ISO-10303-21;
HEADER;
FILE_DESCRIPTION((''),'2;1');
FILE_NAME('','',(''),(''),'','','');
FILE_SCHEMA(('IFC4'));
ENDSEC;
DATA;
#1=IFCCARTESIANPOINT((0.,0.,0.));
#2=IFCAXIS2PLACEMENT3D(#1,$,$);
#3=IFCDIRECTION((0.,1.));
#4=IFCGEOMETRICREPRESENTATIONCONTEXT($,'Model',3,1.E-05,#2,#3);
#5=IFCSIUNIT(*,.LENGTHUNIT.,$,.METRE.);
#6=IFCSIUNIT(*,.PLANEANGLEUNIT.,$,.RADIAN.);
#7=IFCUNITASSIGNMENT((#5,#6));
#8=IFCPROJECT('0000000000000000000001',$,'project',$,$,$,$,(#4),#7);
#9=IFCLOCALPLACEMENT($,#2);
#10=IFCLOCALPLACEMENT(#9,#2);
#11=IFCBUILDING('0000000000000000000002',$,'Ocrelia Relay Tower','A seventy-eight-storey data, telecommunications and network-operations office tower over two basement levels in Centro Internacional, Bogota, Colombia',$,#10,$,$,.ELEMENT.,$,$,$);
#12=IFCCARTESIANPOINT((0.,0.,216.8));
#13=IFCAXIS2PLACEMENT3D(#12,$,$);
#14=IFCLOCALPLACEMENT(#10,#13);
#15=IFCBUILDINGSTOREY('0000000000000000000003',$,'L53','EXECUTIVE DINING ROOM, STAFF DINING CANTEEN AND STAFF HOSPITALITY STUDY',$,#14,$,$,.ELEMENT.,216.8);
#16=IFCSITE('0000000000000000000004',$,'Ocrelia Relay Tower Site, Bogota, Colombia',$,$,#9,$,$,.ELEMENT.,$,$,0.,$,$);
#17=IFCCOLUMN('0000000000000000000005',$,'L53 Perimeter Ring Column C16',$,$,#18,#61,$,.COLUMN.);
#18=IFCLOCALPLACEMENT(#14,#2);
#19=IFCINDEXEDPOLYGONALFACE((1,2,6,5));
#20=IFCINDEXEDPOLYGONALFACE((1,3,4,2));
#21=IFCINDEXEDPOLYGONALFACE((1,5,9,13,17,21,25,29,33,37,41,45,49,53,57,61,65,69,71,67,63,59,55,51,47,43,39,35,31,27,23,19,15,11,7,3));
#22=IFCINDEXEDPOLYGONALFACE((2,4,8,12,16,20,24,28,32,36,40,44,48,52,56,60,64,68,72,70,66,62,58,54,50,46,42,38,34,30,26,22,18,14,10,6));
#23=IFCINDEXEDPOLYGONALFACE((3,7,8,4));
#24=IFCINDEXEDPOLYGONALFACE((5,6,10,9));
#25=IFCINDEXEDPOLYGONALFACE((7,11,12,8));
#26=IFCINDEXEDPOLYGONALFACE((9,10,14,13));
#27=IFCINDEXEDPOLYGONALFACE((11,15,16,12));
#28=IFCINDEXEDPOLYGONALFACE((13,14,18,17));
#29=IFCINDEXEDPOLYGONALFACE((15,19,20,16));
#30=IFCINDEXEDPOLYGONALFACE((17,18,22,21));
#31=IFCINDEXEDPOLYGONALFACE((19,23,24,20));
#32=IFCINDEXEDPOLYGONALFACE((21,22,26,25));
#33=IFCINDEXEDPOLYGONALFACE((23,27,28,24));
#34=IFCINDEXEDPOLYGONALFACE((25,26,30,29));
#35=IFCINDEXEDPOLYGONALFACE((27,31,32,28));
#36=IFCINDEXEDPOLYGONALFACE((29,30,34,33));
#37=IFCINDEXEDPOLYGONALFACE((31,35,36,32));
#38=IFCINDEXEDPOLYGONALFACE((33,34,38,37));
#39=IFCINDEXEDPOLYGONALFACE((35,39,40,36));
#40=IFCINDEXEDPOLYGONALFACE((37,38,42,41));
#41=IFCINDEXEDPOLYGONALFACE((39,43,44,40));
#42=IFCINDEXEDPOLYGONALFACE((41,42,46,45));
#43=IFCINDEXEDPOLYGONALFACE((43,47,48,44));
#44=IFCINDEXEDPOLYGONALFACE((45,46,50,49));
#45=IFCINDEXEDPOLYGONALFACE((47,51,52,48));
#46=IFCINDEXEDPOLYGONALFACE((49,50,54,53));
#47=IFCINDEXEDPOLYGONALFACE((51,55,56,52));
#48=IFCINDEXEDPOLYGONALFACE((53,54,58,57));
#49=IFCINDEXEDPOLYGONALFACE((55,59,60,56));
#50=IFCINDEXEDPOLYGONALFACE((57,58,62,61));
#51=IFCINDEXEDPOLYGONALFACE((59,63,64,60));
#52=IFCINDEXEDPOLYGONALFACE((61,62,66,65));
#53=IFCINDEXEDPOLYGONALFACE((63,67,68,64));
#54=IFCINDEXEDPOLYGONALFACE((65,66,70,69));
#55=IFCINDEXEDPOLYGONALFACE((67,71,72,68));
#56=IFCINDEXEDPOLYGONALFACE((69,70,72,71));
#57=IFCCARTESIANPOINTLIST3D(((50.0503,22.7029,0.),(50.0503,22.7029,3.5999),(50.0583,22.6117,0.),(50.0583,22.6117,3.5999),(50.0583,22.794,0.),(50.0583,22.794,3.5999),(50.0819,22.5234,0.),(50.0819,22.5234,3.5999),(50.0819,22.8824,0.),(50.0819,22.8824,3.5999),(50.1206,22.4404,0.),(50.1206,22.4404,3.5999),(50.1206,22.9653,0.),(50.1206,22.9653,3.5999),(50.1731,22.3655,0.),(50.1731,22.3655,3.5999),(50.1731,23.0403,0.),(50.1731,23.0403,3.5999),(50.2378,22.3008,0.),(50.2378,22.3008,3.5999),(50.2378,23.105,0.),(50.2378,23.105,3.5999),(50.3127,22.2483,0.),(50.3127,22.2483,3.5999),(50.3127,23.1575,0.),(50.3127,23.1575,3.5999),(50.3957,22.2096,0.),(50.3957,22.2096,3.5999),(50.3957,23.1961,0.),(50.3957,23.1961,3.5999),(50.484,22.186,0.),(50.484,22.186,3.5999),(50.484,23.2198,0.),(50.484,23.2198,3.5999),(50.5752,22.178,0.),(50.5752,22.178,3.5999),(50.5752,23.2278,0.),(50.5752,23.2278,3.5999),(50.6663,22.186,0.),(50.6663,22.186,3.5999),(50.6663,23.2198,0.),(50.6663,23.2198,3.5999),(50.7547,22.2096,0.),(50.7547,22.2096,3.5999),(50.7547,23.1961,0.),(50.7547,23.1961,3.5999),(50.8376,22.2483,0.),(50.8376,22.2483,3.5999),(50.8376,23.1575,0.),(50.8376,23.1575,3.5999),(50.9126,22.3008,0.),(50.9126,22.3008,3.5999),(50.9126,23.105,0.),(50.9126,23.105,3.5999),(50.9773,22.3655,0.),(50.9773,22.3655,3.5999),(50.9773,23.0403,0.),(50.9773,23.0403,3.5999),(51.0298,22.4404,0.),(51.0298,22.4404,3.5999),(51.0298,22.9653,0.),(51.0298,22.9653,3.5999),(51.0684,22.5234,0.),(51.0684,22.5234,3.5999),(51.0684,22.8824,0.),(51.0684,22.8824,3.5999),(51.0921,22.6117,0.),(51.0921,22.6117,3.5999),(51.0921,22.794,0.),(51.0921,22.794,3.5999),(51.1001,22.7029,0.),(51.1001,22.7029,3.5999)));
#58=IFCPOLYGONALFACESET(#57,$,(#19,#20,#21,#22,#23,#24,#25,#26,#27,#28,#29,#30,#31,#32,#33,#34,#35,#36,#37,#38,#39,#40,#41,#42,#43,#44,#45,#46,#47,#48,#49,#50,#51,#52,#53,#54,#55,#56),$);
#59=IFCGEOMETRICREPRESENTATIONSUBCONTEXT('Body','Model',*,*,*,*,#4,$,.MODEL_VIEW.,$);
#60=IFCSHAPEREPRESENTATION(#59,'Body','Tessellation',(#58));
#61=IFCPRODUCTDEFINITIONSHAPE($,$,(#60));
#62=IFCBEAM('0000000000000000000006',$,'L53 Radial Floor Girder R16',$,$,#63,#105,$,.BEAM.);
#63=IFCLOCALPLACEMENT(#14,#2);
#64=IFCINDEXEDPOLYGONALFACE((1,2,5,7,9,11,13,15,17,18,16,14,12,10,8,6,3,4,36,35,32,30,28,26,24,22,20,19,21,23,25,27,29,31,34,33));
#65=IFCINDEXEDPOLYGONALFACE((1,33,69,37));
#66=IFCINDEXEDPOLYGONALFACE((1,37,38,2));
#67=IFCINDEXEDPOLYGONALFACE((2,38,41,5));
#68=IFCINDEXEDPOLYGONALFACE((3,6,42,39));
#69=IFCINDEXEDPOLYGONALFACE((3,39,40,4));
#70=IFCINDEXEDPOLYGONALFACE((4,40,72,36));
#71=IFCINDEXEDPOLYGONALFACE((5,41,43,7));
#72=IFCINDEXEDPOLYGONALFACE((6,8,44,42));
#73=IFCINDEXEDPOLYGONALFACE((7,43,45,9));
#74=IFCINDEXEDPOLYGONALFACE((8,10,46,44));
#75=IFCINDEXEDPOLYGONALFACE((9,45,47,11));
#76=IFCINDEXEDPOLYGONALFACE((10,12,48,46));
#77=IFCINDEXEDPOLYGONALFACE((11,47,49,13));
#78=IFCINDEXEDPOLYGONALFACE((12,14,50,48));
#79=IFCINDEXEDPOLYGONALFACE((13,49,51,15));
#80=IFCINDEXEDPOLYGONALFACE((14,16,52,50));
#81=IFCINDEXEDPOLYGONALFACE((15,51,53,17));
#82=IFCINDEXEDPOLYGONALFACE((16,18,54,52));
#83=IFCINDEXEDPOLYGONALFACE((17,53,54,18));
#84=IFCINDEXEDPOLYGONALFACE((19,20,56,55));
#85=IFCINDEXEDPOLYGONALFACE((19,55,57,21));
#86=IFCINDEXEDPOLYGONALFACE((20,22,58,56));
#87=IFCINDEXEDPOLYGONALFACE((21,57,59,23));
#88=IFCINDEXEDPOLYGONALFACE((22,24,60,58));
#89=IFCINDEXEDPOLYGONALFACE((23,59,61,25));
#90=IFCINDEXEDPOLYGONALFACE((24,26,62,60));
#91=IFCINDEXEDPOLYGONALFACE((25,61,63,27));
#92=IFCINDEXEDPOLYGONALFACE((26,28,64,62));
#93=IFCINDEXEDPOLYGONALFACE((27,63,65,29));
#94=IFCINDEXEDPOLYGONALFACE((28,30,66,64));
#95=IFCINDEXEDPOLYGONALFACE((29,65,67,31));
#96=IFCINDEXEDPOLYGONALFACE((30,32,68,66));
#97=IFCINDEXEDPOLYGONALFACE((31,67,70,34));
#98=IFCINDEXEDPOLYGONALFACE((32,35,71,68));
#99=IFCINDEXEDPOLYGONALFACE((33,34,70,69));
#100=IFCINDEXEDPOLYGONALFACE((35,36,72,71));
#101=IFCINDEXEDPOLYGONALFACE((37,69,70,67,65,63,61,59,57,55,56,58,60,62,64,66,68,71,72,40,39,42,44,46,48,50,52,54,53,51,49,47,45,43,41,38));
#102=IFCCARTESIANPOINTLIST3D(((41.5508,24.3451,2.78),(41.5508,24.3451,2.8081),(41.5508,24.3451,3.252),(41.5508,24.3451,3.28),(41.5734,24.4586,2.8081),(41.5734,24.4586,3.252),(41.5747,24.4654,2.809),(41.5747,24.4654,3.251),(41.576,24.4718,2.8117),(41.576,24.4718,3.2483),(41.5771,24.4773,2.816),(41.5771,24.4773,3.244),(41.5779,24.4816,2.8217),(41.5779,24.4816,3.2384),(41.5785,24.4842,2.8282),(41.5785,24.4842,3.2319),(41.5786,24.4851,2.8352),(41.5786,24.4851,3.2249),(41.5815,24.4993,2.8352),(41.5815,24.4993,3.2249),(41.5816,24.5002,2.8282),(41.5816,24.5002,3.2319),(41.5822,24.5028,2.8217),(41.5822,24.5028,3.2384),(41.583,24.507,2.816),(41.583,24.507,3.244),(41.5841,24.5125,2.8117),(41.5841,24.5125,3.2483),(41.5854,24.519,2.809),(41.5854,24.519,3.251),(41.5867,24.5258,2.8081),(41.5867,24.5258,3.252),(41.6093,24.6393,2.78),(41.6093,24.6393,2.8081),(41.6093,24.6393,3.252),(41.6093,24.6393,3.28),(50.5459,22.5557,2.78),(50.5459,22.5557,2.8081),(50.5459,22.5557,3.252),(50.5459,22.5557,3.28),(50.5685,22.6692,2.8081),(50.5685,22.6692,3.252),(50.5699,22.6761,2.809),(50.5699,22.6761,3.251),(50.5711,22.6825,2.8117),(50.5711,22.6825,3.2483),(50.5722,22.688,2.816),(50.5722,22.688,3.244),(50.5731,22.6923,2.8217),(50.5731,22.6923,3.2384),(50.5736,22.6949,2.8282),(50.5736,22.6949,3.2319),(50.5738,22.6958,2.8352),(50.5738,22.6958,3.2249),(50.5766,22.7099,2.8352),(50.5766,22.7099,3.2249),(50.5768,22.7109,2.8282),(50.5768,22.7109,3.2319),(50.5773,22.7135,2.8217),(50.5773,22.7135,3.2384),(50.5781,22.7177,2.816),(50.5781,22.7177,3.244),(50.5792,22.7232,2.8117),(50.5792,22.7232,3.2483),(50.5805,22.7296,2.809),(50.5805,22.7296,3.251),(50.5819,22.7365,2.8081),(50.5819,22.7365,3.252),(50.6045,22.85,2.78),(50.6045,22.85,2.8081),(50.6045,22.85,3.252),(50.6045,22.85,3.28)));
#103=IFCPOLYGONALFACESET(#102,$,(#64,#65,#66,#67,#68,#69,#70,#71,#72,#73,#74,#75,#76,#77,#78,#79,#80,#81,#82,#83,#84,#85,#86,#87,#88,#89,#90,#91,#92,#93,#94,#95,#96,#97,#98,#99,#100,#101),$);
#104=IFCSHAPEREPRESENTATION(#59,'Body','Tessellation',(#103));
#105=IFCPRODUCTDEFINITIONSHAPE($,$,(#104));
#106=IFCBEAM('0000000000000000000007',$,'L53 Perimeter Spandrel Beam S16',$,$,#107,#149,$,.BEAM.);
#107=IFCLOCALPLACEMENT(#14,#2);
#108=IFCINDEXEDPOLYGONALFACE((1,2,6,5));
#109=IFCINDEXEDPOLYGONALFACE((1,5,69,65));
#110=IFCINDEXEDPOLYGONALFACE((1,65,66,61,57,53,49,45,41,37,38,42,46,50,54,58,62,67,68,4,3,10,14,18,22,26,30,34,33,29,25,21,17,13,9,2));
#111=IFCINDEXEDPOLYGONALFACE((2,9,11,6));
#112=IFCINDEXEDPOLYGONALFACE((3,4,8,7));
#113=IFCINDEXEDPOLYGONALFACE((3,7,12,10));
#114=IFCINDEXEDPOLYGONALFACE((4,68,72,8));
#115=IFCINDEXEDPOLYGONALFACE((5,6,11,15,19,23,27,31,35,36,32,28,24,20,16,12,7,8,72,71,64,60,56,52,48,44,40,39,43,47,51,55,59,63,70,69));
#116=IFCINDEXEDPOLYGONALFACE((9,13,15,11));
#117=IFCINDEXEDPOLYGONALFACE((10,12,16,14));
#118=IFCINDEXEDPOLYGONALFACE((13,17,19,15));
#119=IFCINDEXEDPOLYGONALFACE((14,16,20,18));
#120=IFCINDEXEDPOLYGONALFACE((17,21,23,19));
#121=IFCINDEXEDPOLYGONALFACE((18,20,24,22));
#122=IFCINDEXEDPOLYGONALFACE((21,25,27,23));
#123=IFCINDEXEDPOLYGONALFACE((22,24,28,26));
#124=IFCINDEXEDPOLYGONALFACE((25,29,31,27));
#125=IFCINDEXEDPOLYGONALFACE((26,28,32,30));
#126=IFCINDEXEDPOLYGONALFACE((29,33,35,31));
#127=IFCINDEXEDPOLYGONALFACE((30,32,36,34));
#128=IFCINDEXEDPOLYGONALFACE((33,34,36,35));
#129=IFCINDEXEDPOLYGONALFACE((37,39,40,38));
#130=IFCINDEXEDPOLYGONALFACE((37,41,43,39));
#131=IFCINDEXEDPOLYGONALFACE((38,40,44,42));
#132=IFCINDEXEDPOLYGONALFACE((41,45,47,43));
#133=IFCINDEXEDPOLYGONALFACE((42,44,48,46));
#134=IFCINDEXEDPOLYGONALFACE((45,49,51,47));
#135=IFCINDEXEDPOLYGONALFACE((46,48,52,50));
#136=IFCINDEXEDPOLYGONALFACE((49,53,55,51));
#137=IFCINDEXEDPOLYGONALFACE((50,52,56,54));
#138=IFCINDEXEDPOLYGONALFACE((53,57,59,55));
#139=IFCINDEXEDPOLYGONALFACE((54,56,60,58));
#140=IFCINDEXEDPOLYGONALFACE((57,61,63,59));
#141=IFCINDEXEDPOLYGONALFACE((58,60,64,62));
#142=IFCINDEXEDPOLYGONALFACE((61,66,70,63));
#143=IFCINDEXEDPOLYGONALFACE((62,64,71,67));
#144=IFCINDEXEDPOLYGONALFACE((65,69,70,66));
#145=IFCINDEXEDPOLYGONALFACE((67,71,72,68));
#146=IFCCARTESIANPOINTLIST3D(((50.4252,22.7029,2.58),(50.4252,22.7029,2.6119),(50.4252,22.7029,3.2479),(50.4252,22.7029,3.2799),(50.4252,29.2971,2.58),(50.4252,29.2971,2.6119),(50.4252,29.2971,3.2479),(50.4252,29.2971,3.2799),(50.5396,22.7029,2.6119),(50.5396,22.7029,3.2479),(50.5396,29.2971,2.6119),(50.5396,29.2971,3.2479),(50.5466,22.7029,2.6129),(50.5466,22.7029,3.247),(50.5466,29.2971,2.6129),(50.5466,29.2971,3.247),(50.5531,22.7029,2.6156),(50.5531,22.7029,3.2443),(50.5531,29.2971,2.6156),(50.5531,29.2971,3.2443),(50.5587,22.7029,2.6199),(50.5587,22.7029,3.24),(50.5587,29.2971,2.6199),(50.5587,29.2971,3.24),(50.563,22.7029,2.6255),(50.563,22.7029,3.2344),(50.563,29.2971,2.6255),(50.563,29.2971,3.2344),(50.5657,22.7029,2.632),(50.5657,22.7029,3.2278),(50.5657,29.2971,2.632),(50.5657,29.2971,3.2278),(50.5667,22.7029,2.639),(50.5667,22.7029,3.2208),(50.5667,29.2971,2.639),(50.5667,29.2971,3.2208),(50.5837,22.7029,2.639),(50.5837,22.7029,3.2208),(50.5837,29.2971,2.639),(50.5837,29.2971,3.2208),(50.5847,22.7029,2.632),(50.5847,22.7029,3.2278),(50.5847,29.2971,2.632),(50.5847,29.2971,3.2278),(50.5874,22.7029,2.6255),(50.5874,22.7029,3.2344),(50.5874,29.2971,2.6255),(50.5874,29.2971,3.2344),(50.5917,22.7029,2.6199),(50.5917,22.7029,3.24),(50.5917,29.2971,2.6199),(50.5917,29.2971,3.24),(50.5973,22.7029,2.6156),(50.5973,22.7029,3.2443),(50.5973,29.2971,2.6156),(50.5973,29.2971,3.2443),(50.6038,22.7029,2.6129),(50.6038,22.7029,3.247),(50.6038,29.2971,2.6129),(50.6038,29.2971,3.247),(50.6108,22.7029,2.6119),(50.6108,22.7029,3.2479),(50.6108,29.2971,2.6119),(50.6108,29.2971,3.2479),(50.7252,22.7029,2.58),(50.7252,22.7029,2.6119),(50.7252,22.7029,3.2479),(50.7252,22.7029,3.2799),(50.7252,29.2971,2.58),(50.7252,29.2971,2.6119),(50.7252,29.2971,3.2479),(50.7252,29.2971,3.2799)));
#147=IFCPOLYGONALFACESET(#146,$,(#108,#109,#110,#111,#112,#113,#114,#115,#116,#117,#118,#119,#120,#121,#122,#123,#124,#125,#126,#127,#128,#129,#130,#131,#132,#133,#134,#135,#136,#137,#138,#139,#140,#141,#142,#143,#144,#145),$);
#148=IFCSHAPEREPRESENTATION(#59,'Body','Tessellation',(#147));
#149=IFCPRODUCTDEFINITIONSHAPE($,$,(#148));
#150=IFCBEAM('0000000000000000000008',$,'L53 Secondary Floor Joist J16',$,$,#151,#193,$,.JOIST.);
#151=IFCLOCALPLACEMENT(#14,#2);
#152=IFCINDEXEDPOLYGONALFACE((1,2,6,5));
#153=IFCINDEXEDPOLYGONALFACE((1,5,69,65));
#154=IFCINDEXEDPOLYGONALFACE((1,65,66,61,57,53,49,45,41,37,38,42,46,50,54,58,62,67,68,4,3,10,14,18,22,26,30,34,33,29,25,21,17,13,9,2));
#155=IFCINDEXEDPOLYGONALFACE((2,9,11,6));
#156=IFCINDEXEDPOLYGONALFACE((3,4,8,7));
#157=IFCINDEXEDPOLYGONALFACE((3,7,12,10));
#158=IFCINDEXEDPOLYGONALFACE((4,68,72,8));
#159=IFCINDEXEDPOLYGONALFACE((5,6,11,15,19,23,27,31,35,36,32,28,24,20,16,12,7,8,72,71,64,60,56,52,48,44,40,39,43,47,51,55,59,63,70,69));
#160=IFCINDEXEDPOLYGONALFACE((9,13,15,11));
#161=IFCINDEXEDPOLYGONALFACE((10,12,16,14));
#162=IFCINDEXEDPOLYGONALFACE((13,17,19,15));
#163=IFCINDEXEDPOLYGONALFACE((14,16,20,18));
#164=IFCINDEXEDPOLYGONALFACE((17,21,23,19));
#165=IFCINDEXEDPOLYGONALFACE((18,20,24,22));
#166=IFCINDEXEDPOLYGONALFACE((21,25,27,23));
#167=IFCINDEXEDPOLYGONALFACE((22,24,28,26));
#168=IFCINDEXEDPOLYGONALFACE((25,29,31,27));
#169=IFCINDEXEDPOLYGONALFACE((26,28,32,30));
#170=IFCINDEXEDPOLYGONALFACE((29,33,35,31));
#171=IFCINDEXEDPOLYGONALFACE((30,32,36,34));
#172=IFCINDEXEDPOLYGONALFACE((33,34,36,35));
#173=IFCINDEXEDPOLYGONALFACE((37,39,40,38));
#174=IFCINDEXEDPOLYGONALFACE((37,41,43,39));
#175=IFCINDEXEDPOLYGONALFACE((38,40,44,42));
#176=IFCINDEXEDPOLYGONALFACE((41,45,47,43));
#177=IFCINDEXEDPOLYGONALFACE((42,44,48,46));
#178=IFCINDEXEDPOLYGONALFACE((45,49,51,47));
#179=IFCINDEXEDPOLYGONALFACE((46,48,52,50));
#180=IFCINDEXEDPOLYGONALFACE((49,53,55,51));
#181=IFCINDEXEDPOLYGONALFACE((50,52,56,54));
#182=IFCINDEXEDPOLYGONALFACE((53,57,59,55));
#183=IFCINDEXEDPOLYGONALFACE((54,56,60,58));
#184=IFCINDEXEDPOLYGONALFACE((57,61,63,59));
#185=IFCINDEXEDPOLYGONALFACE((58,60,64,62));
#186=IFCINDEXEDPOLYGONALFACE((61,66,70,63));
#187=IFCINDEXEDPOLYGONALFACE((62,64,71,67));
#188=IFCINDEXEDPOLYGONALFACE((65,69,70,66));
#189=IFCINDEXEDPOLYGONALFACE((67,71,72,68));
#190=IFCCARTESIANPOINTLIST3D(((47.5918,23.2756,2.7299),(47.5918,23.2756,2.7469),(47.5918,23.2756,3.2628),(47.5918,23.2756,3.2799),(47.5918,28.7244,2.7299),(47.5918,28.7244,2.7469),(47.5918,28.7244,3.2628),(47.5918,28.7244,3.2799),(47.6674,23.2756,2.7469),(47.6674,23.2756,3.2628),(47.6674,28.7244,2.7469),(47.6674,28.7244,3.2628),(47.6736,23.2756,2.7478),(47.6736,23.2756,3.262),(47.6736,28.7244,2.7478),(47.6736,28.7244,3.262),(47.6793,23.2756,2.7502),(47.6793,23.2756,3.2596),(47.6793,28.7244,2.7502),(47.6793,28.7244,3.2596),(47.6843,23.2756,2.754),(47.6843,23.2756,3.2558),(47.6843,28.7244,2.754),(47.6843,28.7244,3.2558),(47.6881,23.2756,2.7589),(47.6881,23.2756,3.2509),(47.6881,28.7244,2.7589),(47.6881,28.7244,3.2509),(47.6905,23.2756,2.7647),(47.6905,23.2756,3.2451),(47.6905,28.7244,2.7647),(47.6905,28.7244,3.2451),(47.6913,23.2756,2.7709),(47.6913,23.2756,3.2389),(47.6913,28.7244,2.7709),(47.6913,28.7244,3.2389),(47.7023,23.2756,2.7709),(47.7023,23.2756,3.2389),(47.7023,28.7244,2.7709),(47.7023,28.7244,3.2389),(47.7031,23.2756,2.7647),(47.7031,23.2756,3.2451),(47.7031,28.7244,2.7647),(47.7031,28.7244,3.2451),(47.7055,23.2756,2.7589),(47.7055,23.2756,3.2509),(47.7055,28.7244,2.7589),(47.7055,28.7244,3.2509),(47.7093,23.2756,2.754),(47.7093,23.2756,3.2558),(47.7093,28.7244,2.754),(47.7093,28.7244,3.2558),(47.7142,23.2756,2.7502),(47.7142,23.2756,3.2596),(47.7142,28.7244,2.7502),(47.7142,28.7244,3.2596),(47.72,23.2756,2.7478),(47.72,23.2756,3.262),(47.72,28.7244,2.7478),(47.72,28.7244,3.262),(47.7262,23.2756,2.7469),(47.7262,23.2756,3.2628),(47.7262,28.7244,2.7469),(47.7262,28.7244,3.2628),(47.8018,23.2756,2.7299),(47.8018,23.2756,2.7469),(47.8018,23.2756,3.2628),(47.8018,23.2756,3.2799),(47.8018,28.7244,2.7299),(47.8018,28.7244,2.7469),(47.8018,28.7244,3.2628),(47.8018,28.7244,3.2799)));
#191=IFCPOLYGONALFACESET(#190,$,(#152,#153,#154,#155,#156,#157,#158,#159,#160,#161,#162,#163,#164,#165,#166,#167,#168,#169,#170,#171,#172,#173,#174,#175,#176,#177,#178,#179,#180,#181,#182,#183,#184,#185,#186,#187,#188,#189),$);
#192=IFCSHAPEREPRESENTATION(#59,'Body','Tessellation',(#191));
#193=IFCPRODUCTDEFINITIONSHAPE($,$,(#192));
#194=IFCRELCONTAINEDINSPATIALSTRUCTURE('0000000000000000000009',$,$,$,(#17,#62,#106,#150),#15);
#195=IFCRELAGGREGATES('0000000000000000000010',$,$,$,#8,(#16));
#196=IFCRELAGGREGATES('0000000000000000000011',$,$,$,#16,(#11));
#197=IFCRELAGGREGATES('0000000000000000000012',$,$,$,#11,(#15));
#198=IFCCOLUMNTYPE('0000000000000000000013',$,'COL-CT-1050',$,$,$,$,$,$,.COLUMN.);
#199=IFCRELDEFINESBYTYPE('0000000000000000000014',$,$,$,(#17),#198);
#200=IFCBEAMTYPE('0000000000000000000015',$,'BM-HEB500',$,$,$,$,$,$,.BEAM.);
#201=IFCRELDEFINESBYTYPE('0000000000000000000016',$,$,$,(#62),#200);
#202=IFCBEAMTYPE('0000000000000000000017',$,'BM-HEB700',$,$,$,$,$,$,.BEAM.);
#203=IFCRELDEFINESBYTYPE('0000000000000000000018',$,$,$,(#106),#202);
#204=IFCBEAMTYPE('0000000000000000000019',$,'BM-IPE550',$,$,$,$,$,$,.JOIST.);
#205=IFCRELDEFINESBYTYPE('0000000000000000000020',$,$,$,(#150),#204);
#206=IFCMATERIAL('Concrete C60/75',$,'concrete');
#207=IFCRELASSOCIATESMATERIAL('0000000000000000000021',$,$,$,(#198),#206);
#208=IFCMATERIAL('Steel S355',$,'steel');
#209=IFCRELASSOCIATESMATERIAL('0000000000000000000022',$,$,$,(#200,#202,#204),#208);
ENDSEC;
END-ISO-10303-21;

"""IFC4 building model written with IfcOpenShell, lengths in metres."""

from ifc_helpers import new_model, si_unit, direction, frame, origin, origin_2d, place, context, subcontext, project, spatial, circle, i_section, extrude, material, material_profile, profile_set, type_object, element, save


model = new_model("IFC4")

# Units and contexts
model_context = context("Model", 3, precision=1e-05, world=origin(), true_north=direction((0.0, 1.0)))
body_context = subcontext(model_context, "Body", "Model", "MODEL_VIEW")
ifc_project = project(units=[si_unit("LENGTHUNIT", "METRE"), si_unit("PLANEANGLEUNIT", "RADIAN")], contexts=[model_context])

# Site, building, storey
site_placement = place(None, origin())
site = spatial("IfcSite", under=ifc_project, at=site_placement, Name="Ocrelia Relay Tower Site, Bogota, Colombia", CompositionType="ELEMENT", RefElevation=0.0)
building_placement = place(site_placement, origin())
building = spatial("IfcBuilding", under=site, at=building_placement, Name="Ocrelia Relay Tower", Description="A seventy-eight-storey data, telecommunications and network-operations office tower over two basement levels in Centro Internacional, Bogota, Colombia", CompositionType="ELEMENT")
storey_placement = place(building_placement, frame((0.0, 0.0, 216.8)))
storey = spatial("IfcBuildingStorey", under=building, at=storey_placement, Name="L53", Description="EXECUTIVE DINING ROOM, STAFF DINING CANTEEN AND STAFF HOSPITALITY STUDY", CompositionType="ELEMENT", Elevation=216.8)

# Column
ifc_material_1 = material(Name="Concrete C60/75", Category="concrete")
ifc_material_profile_1 = material_profile(ifc_material_1, circle(Radius=0.5249, at=origin_2d()), Name="RC-CIR-1050")
ifc_profile_set_1 = profile_set([ifc_material_profile_1], Name="Concrete C60/75")
column_type = type_object("IfcColumnType", Name="COL-CT-1050", PredefinedType="COLUMN", material=ifc_profile_set_1)
column_placement = place(storey_placement, frame((50.5752, 22.7029, 0.0), z_axis=(0.0, 0.0, 1.0), x_axis=(1.0, 0.0, 0.0)))
element("IfcColumn", 1, at=column_placement, inside=storey, type_object=column_type, Name="L53 Perimeter Ring Column C16", PredefinedType="COLUMN", context=body_context, shape_type="SweptSolid", body=[
    extrude(circle(Radius=0.5249, at=origin_2d()), origin(), (0.0, 0.0, 1.0), 3.5999),
])

# Beams
ifc_material_2 = material(Name="Steel S355", Category="steel")
ifc_material_profile_2 = material_profile(ifc_material_2, i_section(OverallWidth=0.3, OverallDepth=0.5, WebThickness=0.0144, FlangeThickness=0.0281, FilletRadius=0.0271, at=origin_2d()), Name="HEB 500")
ifc_profile_set_2 = profile_set([ifc_material_profile_2], Name="Steel S355")
beam_type_1 = type_object("IfcBeamType", Name="BM-HEB500", PredefinedType="BEAM", material=ifc_profile_set_2)
beam_1_placement = place(storey_placement, frame((50.5752, 22.7029, 3.03), z_axis=(-0.980784, 0.195097, 0.0), x_axis=(-0.195097, -0.980784, 0.0)))
element("IfcBeam", 2, at=beam_1_placement, inside=storey, type_object=beam_type_1, Name="L53 Radial Floor Girder R16", PredefinedType="BEAM", context=body_context, shape_type="SweptSolid", body=[
    extrude(i_section(OverallWidth=0.3, OverallDepth=0.5, WebThickness=0.0144, FlangeThickness=0.0281, FilletRadius=0.0271, at=origin_2d()), origin(), (0.0, 0.0, 1.0), 9.1714),
])
ifc_material_profile_3 = material_profile(ifc_material_2, i_section(OverallWidth=0.3, OverallDepth=0.7, WebThickness=0.0171, FlangeThickness=0.032, FilletRadius=0.0271, at=origin_2d()), Name="HEB 700")
ifc_profile_set_3 = profile_set([ifc_material_profile_3], Name="Steel S355")
beam_type_2 = type_object("IfcBeamType", Name="BM-HEB700", PredefinedType="BEAM", material=ifc_profile_set_3)
beam_2_placement = place(storey_placement, frame((50.5752, 22.7029, 2.9299), z_axis=(0.0, 1.0, 0.0), x_axis=(-1.0, 0.0, 0.0)))
element("IfcBeam", 3, at=beam_2_placement, inside=storey, type_object=beam_type_2, Name="L53 Perimeter Spandrel Beam S16", PredefinedType="BEAM", context=body_context, shape_type="SweptSolid", body=[
    extrude(i_section(OverallWidth=0.3, OverallDepth=0.7, WebThickness=0.0171, FlangeThickness=0.032, FilletRadius=0.0271, at=origin_2d()), origin(), (0.0, 0.0, 1.0), 6.5942),
])
ifc_material_profile_4 = material_profile(ifc_material_2, i_section(OverallWidth=0.21, OverallDepth=0.55, WebThickness=0.011, FlangeThickness=0.0171, FilletRadius=0.0239, at=origin_2d()), Name="IPE 550")
ifc_profile_set_4 = profile_set([ifc_material_profile_4], Name="Steel S355")
beam_type_3 = type_object("IfcBeamType", Name="BM-IPE550", PredefinedType="JOIST", material=ifc_profile_set_4)
beam_3_placement = place(storey_placement, frame((47.6968, 23.2756, 3.0049), z_axis=(0.0, 1.0, 0.0), x_axis=(-1.0, 0.0, 0.0)))
element("IfcBeam", 4, at=beam_3_placement, inside=storey, type_object=beam_type_3, Name="L53 Secondary Floor Joist J16", PredefinedType="JOIST", context=body_context, shape_type="SweptSolid", body=[
    extrude(i_section(OverallWidth=0.21, OverallDepth=0.55, WebThickness=0.011, FlangeThickness=0.0171, FilletRadius=0.0239, at=origin_2d()), origin(), (0.0, 0.0, 1.0), 5.4487),
])

save(model, "model.ifc")
